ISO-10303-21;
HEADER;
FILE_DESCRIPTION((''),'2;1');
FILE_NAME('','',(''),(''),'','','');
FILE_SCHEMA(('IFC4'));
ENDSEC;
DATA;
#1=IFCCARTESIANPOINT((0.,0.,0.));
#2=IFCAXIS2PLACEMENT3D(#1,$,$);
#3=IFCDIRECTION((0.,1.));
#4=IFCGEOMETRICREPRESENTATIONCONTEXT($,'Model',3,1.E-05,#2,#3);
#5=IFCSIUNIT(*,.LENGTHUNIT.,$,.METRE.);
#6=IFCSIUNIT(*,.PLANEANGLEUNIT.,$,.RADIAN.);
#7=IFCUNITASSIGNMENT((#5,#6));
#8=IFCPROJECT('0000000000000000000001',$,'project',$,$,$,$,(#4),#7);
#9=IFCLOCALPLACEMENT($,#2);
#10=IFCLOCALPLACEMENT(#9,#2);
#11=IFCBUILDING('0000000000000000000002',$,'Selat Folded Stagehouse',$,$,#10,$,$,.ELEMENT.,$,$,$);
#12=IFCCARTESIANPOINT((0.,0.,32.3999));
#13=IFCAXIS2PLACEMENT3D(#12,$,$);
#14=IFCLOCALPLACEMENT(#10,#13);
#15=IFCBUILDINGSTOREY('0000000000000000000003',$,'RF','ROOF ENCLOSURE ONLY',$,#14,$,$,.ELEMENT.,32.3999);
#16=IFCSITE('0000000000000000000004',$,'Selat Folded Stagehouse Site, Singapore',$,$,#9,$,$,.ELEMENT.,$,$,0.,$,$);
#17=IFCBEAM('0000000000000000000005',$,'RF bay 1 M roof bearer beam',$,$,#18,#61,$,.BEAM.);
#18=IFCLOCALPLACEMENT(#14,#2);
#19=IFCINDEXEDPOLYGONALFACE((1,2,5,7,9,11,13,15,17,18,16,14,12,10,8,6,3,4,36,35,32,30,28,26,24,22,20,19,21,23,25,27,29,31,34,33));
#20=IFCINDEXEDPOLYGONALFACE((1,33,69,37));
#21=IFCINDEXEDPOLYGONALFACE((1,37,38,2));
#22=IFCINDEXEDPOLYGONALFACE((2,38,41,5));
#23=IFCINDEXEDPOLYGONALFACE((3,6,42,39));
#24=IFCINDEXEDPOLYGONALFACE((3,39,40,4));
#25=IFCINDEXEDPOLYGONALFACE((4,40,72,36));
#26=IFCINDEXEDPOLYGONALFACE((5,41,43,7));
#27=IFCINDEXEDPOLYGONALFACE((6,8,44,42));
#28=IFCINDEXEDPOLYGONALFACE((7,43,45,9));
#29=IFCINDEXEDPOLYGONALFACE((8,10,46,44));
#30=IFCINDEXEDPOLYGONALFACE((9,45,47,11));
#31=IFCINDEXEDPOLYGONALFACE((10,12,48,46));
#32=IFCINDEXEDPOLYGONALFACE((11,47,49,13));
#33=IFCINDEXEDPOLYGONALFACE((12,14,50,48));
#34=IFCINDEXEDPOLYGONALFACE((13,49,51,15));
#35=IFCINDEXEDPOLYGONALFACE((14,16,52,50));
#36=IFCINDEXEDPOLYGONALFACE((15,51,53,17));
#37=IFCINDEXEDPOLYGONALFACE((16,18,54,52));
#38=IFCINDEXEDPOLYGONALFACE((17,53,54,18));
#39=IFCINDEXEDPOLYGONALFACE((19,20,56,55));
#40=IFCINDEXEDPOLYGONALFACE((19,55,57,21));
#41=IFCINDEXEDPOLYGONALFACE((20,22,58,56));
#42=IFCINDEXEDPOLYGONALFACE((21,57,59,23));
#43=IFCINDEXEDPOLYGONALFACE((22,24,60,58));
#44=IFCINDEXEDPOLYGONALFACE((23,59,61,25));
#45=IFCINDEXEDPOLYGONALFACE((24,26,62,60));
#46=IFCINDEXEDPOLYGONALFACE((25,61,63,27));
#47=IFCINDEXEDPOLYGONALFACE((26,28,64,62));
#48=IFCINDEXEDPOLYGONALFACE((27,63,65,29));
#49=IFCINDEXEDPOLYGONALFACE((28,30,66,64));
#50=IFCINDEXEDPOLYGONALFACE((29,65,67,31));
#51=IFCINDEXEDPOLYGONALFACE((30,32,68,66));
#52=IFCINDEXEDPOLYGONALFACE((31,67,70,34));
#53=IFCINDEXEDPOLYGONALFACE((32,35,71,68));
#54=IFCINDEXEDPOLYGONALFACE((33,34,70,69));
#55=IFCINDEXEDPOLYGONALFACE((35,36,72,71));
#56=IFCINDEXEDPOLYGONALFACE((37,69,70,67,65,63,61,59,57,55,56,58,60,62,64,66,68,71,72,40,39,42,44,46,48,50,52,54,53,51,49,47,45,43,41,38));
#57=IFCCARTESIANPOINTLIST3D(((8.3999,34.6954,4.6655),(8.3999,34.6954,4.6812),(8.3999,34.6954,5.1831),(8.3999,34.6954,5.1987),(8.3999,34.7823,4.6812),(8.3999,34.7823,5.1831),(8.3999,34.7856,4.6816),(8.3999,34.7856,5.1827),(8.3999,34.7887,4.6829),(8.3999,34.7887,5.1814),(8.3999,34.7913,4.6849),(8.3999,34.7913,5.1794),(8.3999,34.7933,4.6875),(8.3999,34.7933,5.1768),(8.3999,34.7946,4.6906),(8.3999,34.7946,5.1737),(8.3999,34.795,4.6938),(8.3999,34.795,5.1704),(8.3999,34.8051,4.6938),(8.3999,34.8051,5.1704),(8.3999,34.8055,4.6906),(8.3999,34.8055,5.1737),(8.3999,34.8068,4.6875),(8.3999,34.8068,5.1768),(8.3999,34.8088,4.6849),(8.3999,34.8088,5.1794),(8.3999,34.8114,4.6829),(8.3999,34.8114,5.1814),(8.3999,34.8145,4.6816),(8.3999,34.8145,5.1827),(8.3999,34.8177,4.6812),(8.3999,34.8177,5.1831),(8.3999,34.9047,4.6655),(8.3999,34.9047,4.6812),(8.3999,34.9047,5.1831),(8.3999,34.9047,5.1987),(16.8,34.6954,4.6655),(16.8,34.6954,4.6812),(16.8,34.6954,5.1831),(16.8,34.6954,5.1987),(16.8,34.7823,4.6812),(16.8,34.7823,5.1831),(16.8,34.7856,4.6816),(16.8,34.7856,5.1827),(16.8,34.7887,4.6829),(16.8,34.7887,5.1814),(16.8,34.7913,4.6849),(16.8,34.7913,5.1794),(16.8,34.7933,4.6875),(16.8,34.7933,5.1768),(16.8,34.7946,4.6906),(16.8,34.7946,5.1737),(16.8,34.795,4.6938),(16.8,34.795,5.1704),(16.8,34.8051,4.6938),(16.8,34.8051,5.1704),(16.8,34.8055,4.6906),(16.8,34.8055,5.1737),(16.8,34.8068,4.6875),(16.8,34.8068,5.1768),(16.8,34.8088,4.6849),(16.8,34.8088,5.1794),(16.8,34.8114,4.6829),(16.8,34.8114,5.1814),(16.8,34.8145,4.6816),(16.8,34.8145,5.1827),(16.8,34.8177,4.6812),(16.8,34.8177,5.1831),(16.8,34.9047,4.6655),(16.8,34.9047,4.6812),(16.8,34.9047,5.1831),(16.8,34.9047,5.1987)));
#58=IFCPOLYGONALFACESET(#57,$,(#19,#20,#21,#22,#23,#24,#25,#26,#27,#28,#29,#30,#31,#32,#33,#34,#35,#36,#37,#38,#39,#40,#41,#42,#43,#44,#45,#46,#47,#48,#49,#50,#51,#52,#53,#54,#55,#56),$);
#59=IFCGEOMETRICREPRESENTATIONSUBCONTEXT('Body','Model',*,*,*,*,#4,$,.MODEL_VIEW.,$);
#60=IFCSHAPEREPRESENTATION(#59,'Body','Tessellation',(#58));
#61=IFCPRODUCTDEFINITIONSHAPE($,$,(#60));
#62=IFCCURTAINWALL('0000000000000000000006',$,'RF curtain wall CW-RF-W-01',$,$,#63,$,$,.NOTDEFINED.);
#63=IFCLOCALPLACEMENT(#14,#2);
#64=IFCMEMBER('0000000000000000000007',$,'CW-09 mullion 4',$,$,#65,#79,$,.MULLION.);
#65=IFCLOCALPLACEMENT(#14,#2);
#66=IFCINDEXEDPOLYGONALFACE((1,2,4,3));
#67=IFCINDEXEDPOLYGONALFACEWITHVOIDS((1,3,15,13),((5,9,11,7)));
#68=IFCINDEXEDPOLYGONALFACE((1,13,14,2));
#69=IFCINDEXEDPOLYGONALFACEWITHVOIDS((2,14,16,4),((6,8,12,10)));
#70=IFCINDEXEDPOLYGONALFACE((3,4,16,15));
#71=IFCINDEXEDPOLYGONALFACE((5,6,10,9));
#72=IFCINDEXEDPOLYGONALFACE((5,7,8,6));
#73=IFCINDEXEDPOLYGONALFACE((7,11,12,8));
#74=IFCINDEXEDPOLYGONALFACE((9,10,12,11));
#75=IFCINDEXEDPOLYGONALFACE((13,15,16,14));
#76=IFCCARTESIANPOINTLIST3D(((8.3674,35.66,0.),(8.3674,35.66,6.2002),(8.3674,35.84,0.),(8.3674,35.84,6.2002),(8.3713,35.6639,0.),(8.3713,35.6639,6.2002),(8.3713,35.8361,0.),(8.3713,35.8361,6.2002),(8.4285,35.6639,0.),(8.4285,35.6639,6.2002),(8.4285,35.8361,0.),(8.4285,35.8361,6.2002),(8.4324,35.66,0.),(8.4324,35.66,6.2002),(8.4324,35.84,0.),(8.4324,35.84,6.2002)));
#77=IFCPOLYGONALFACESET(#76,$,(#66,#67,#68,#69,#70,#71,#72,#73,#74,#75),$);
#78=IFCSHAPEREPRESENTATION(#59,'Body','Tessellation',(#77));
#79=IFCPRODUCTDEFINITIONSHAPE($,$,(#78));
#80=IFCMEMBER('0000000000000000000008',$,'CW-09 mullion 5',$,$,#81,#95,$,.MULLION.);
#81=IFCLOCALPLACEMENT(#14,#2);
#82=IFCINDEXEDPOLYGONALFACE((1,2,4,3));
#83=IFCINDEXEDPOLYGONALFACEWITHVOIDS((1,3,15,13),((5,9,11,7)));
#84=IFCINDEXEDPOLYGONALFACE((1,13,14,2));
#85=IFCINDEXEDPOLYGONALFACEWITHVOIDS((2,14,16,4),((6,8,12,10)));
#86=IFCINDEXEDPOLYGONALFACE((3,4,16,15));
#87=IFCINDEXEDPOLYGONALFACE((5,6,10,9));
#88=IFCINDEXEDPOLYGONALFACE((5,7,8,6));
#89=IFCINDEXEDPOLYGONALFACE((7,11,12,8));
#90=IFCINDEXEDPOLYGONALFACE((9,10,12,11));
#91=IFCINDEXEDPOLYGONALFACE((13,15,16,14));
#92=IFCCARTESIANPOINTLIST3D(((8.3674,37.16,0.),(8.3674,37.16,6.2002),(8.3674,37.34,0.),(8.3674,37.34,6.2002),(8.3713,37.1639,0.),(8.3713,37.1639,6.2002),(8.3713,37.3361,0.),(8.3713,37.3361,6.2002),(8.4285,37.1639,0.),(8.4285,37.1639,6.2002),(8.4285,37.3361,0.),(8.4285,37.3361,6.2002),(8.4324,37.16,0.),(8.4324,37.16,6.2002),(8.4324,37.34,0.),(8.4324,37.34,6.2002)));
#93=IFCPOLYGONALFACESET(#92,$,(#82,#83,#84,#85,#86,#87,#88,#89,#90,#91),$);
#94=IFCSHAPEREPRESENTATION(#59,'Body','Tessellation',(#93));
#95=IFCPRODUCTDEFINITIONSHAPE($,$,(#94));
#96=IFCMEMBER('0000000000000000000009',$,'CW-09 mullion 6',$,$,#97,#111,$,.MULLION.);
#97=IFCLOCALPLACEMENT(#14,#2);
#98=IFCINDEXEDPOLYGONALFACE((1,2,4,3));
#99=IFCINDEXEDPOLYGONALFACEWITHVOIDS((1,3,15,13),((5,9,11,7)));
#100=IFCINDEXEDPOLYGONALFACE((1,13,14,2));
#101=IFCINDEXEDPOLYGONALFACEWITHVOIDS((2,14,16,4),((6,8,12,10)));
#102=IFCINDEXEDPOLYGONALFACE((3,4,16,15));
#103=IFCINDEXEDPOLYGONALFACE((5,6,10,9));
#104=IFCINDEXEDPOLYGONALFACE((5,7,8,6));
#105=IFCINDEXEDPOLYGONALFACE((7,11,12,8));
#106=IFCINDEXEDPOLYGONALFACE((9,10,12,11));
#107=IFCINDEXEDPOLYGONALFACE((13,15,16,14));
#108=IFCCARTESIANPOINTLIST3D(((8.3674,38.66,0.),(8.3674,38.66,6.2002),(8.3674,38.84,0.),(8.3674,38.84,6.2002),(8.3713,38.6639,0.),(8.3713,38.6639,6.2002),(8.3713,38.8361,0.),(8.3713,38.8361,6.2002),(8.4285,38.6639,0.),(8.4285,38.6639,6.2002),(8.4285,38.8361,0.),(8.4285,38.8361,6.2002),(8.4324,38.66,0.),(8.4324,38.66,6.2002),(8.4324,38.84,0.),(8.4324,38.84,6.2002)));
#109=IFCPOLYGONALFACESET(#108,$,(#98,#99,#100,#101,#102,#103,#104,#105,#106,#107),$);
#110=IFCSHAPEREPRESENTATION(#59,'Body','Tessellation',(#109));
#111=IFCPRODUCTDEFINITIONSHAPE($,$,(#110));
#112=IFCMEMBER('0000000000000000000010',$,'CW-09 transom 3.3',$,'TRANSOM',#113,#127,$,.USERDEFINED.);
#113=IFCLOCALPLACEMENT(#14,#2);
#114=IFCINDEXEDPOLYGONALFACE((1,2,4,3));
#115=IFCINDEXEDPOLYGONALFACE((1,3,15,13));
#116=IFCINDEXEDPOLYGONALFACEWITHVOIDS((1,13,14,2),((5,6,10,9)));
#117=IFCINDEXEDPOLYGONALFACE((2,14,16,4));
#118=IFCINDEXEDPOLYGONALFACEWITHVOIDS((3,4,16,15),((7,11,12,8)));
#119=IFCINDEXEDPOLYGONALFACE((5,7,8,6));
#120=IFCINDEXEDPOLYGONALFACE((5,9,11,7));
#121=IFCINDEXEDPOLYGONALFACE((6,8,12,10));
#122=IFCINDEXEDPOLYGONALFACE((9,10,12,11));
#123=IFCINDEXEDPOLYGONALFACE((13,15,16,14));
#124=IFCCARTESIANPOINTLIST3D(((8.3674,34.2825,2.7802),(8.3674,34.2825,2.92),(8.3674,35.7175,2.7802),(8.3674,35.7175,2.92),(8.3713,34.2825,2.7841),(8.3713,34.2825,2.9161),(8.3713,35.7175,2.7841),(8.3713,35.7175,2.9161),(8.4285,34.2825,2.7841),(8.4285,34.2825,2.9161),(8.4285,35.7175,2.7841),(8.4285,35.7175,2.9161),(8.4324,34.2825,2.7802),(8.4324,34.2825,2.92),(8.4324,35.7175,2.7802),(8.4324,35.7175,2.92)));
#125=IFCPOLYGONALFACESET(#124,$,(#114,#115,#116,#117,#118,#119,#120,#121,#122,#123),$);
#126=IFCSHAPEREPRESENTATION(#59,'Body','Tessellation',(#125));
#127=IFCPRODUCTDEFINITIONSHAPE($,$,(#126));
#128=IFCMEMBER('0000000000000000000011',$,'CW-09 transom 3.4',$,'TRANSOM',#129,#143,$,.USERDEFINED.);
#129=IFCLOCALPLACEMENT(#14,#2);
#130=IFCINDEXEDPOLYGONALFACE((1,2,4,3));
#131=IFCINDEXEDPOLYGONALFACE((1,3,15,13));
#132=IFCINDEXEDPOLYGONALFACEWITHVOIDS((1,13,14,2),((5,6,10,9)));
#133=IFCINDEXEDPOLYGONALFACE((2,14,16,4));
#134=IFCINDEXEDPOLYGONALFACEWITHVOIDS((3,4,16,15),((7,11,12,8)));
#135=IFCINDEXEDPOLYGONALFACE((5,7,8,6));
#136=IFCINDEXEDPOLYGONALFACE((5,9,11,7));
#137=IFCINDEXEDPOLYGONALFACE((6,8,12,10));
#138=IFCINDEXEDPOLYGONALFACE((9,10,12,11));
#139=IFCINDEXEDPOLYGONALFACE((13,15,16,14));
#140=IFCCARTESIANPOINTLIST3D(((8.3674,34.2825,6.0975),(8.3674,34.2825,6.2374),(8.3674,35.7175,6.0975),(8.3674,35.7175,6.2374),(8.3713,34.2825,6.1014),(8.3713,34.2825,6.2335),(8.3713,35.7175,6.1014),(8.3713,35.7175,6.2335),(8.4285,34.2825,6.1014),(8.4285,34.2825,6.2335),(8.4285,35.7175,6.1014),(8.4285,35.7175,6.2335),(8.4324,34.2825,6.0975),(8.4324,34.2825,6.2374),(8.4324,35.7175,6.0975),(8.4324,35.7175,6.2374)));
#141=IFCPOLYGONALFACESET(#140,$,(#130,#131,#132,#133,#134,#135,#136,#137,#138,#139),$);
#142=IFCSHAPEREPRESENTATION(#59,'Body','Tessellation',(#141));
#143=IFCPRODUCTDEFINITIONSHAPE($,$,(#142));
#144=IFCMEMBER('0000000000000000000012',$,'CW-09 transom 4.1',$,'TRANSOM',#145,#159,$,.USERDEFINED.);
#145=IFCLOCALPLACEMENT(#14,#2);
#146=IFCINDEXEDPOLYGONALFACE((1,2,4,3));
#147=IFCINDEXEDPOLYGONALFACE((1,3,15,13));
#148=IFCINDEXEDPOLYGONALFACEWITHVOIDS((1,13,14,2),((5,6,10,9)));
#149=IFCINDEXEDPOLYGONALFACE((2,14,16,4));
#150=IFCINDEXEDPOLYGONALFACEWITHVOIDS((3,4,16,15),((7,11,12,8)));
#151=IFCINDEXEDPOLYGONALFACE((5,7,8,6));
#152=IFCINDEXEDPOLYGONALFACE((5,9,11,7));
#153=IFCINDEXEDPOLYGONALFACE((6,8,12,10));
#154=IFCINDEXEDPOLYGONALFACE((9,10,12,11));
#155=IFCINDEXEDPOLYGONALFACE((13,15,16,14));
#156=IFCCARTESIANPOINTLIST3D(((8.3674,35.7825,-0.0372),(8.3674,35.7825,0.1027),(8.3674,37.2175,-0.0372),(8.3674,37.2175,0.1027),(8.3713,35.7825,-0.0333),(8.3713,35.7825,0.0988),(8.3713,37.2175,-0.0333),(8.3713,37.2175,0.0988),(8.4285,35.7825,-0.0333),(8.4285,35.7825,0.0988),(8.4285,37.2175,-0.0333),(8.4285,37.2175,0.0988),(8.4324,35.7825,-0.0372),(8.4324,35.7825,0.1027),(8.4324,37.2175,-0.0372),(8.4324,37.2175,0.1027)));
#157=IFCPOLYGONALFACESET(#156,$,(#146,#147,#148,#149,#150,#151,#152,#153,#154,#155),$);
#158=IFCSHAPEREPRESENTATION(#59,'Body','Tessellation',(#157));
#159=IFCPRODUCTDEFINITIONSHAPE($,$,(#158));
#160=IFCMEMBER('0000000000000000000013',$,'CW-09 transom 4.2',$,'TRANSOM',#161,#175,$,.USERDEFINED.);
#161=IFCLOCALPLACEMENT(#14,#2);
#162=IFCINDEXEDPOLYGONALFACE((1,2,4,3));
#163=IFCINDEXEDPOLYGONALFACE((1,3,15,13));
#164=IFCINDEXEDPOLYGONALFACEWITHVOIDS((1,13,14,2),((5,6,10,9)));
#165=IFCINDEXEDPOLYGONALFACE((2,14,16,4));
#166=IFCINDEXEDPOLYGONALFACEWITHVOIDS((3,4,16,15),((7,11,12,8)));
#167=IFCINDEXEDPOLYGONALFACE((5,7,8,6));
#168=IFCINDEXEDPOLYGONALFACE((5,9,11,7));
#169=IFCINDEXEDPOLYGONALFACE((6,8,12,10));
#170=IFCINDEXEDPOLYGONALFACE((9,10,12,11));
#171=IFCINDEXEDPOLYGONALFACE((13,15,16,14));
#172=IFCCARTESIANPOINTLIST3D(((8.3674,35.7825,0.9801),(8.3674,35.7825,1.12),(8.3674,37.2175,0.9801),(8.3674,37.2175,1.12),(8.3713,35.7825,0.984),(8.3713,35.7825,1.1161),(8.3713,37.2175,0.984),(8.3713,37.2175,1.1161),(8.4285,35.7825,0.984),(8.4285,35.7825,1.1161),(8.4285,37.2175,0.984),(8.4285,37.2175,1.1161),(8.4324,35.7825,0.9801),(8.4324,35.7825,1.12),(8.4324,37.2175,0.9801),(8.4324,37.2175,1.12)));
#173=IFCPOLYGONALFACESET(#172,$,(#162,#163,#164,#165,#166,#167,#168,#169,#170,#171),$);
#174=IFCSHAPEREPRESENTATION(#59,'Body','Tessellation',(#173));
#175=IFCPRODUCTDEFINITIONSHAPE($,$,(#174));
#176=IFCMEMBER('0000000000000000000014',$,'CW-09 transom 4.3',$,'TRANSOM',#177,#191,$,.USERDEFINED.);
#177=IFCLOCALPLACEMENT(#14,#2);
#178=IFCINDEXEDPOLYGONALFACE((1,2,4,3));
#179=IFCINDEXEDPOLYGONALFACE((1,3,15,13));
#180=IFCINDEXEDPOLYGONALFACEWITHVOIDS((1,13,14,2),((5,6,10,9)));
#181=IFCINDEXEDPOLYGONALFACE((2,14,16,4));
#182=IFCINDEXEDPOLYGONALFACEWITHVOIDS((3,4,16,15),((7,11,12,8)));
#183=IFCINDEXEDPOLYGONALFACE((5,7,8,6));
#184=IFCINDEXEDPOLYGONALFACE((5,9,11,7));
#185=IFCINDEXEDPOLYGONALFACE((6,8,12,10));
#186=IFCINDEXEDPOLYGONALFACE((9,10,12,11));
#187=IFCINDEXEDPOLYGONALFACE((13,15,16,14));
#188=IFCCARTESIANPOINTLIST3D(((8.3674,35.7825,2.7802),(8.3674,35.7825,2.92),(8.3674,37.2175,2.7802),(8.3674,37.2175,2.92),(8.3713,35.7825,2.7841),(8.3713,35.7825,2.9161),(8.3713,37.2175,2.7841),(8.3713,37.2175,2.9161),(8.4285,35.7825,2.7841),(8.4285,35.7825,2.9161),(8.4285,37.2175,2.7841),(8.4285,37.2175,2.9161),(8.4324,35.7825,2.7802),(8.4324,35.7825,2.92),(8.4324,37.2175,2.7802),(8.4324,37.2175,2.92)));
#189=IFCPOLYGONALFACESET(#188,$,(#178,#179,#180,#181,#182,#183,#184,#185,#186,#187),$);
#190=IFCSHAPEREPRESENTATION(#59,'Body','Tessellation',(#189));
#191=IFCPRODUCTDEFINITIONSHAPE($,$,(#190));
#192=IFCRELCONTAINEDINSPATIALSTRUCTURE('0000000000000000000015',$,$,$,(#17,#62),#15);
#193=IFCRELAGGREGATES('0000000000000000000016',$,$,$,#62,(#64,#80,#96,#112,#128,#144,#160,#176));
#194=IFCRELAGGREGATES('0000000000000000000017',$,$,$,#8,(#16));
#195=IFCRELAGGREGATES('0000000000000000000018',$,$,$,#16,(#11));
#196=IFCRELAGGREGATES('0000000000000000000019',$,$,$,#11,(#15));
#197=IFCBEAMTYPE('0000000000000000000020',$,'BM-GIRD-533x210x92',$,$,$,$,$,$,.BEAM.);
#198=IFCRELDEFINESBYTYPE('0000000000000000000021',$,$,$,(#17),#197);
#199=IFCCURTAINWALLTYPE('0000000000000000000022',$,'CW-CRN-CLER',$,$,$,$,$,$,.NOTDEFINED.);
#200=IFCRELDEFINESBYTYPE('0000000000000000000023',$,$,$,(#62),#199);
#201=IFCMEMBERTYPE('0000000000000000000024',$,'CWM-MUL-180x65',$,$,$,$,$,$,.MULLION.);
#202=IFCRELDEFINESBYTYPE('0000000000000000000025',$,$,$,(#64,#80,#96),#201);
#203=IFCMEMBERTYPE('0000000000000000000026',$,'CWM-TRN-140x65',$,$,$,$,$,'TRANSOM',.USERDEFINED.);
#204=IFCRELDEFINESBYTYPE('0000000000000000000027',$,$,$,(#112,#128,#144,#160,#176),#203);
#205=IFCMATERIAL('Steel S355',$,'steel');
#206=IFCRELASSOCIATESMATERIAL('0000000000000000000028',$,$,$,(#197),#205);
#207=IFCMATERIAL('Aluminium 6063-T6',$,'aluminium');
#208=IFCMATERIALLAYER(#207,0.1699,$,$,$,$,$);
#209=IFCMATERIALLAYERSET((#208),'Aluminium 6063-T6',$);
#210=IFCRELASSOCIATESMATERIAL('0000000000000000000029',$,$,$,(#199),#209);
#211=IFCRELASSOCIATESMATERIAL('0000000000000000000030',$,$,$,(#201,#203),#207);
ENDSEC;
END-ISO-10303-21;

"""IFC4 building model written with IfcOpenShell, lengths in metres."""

from ifc_helpers import new_model, si_unit, direction, frame, origin, origin_2d, place, context, subcontext, project, spatial, hollow_rectangle, i_section, extrude, material, layer, layer_set, material_profile, profile_set, type_object, element, aggregate, save


model = new_model("IFC4")

# Units and contexts
model_context = context("Model", 3, precision=1e-05, world=origin(), true_north=direction((0.0, 1.0)))
body_context = subcontext(model_context, "Body", "Model", "MODEL_VIEW")
ifc_project = project(units=[si_unit("LENGTHUNIT", "METRE"), si_unit("PLANEANGLEUNIT", "RADIAN")], contexts=[model_context])

# Site, building, storey
site_placement = place(None, origin())
site = spatial("IfcSite", under=ifc_project, at=site_placement, Name="Selat Folded Stagehouse Site, Singapore", CompositionType="ELEMENT", RefElevation=0.0)
building_placement = place(site_placement, origin())
building = spatial("IfcBuilding", under=site, at=building_placement, Name="Selat Folded Stagehouse", CompositionType="ELEMENT")
storey_placement = place(building_placement, frame((0.0, 0.0, 32.3999)))
storey = spatial("IfcBuildingStorey", under=building, at=storey_placement, Name="RF", Description="ROOF ENCLOSURE ONLY", CompositionType="ELEMENT", Elevation=32.3999)

# Beam
ifc_material_1 = material(Name="Steel S355", Category="steel")
ifc_material_profile_1 = material_profile(ifc_material_1, i_section(OverallWidth=0.2092, OverallDepth=0.5332, WebThickness=0.01, FlangeThickness=0.0156, FilletRadius=0.0127, at=origin_2d()), Name="UKB 533x210x92")
ifc_profile_set_1 = profile_set([ifc_material_profile_1], Name="Steel S355")
beam_type = type_object("IfcBeamType", Name="BM-GIRD-533x210x92", PredefinedType="BEAM", material=ifc_profile_set_1)
beam_placement = place(storey_placement, frame((8.3999, 34.8, 4.9321), z_axis=(1.0, 0.0, 0.0), x_axis=(0.0, 1.0, 0.0)))
element("IfcBeam", 1, at=beam_placement, inside=storey, type_object=beam_type, Name="RF bay 1 M roof bearer beam", PredefinedType="BEAM", context=body_context, shape_type="SweptSolid", body=[
    extrude(i_section(OverallWidth=0.2092, OverallDepth=0.5332, WebThickness=0.01, FlangeThickness=0.0156, FilletRadius=0.0127, at=origin_2d()), origin(), (0.0, 0.0, 1.0), 8.4001),
])

# Curtain wall, members
ifc_material_2 = material(Name="Aluminium 6063-T6", Category="aluminium")
ifc_layer_1 = layer(ifc_material_2, 0.1699)
ifc_layer_set_1 = layer_set([ifc_layer_1], Name="Aluminium 6063-T6")
curtain_wall_type = type_object("IfcCurtainWallType", Name="CW-CRN-CLER", PredefinedType="NOTDEFINED", material=ifc_layer_set_1)
curtain_wall_placement = place(storey_placement, origin())
curtain_wall = element("IfcCurtainWall", 2, at=curtain_wall_placement, inside=storey, type_object=curtain_wall_type, Name="RF curtain wall CW-RF-W-01", PredefinedType="NOTDEFINED")
ifc_material_profile_2 = material_profile(ifc_material_2, hollow_rectangle(XDim=0.0649, YDim=0.1799, WallThickness=0.0039, at=origin_2d()), Name="ALU 180x65x4.0")
ifc_profile_set_2 = profile_set([ifc_material_profile_2], Name="Aluminium 6063-T6")
member_type_1 = type_object("IfcMemberType", Name="CWM-MUL-180x65", PredefinedType="MULLION", material=ifc_profile_set_2)
member_1_placement = place(storey_placement, frame((8.3999, 35.75, 0.0), z_axis=(0.0, 0.0, 1.0), x_axis=(-1.0, 0.0, 0.0)))
member_1 = element("IfcMember", 3, at=member_1_placement, type_object=member_type_1, Name="CW-09 mullion 4", PredefinedType="MULLION", context=body_context, shape_type="SweptSolid", body=[
    extrude(hollow_rectangle(XDim=0.0649, YDim=0.1799, WallThickness=0.0039, at=origin_2d()), origin(), (0.0, 0.0, 1.0), 6.2002),
])
member_2_placement = place(storey_placement, frame((8.3999, 37.25, 0.0), z_axis=(0.0, 0.0, 1.0), x_axis=(-1.0, 0.0, 0.0)))
member_2 = element("IfcMember", 4, at=member_2_placement, type_object=member_type_1, Name="CW-09 mullion 5", PredefinedType="MULLION", context=body_context, shape_type="SweptSolid", body=[
    extrude(hollow_rectangle(XDim=0.0649, YDim=0.1799, WallThickness=0.0039, at=origin_2d()), origin(), (0.0, 0.0, 1.0), 6.2002),
])
member_3_placement = place(storey_placement, frame((8.3999, 38.75, 0.0), z_axis=(0.0, 0.0, 1.0), x_axis=(-1.0, 0.0, 0.0)))
member_3 = element("IfcMember", 5, at=member_3_placement, type_object=member_type_1, Name="CW-09 mullion 6", PredefinedType="MULLION", context=body_context, shape_type="SweptSolid", body=[
    extrude(hollow_rectangle(XDim=0.0649, YDim=0.1799, WallThickness=0.0039, at=origin_2d()), origin(), (0.0, 0.0, 1.0), 6.2002),
])
ifc_material_profile_3 = material_profile(ifc_material_2, hollow_rectangle(XDim=0.0649, YDim=0.1399, WallThickness=0.0039, at=origin_2d()), Name="ALU 140x65x4.0")
ifc_profile_set_3 = profile_set([ifc_material_profile_3], Name="Aluminium 6063-T6")
member_type_2 = type_object("IfcMemberType", Name="CWM-TRN-140x65", ElementType="TRANSOM", PredefinedType="USERDEFINED", material=ifc_profile_set_3)
member_4_placement = place(storey_placement, frame((8.3999, 34.2825, 2.8501), z_axis=(0.0, 1.0, 0.0), x_axis=(-1.0, 0.0, 0.0)))
member_4 = element("IfcMember", 6, at=member_4_placement, type_object=member_type_2, Name="CW-09 transom 3.3", ObjectType="TRANSOM", PredefinedType="USERDEFINED", context=body_context, shape_type="SweptSolid", body=[
    extrude(hollow_rectangle(XDim=0.0649, YDim=0.1399, WallThickness=0.0039, at=origin_2d()), origin(), (0.0, 0.0, 1.0), 1.4351),
])
member_5_placement = place(storey_placement, frame((8.3999, 34.2825, 6.1675), z_axis=(0.0, 1.0, 0.0), x_axis=(-1.0, 0.0, 0.0)))
member_5 = element("IfcMember", 7, at=member_5_placement, type_object=member_type_2, Name="CW-09 transom 3.4", ObjectType="TRANSOM", PredefinedType="USERDEFINED", context=body_context, shape_type="SweptSolid", body=[
    extrude(hollow_rectangle(XDim=0.0649, YDim=0.1399, WallThickness=0.0039, at=origin_2d()), origin(), (0.0, 0.0, 1.0), 1.4351),
])
member_6_placement = place(storey_placement, frame((8.3999, 35.7825, 0.0327), z_axis=(0.0, 1.0, 0.0), x_axis=(-1.0, 0.0, 0.0)))
member_6 = element("IfcMember", 8, at=member_6_placement, type_object=member_type_2, Name="CW-09 transom 4.1", ObjectType="TRANSOM", PredefinedType="USERDEFINED", context=body_context, shape_type="SweptSolid", body=[
    extrude(hollow_rectangle(XDim=0.0649, YDim=0.1399, WallThickness=0.0039, at=origin_2d()), origin(), (0.0, 0.0, 1.0), 1.4351),
])
member_7_placement = place(storey_placement, frame((8.3999, 35.7825, 1.05), z_axis=(0.0, 1.0, 0.0), x_axis=(-1.0, 0.0, 0.0)))
member_7 = element("IfcMember", 9, at=member_7_placement, type_object=member_type_2, Name="CW-09 transom 4.2", ObjectType="TRANSOM", PredefinedType="USERDEFINED", context=body_context, shape_type="SweptSolid", body=[
    extrude(hollow_rectangle(XDim=0.0649, YDim=0.1399, WallThickness=0.0039, at=origin_2d()), origin(), (0.0, 0.0, 1.0), 1.4351),
])
member_8_placement = place(storey_placement, frame((8.3999, 35.7825, 2.8501), z_axis=(0.0, 1.0, 0.0), x_axis=(-1.0, 0.0, 0.0)))
member_8 = element("IfcMember", 10, at=member_8_placement, type_object=member_type_2, Name="CW-09 transom 4.3", ObjectType="TRANSOM", PredefinedType="USERDEFINED", context=body_context, shape_type="SweptSolid", body=[
    extrude(hollow_rectangle(XDim=0.0649, YDim=0.1399, WallThickness=0.0039, at=origin_2d()), origin(), (0.0, 0.0, 1.0), 1.4351),
])

aggregate(curtain_wall, [member_1, member_2, member_3, member_4, member_5, member_6, member_7, member_8])

save(model, "model.ifc")
